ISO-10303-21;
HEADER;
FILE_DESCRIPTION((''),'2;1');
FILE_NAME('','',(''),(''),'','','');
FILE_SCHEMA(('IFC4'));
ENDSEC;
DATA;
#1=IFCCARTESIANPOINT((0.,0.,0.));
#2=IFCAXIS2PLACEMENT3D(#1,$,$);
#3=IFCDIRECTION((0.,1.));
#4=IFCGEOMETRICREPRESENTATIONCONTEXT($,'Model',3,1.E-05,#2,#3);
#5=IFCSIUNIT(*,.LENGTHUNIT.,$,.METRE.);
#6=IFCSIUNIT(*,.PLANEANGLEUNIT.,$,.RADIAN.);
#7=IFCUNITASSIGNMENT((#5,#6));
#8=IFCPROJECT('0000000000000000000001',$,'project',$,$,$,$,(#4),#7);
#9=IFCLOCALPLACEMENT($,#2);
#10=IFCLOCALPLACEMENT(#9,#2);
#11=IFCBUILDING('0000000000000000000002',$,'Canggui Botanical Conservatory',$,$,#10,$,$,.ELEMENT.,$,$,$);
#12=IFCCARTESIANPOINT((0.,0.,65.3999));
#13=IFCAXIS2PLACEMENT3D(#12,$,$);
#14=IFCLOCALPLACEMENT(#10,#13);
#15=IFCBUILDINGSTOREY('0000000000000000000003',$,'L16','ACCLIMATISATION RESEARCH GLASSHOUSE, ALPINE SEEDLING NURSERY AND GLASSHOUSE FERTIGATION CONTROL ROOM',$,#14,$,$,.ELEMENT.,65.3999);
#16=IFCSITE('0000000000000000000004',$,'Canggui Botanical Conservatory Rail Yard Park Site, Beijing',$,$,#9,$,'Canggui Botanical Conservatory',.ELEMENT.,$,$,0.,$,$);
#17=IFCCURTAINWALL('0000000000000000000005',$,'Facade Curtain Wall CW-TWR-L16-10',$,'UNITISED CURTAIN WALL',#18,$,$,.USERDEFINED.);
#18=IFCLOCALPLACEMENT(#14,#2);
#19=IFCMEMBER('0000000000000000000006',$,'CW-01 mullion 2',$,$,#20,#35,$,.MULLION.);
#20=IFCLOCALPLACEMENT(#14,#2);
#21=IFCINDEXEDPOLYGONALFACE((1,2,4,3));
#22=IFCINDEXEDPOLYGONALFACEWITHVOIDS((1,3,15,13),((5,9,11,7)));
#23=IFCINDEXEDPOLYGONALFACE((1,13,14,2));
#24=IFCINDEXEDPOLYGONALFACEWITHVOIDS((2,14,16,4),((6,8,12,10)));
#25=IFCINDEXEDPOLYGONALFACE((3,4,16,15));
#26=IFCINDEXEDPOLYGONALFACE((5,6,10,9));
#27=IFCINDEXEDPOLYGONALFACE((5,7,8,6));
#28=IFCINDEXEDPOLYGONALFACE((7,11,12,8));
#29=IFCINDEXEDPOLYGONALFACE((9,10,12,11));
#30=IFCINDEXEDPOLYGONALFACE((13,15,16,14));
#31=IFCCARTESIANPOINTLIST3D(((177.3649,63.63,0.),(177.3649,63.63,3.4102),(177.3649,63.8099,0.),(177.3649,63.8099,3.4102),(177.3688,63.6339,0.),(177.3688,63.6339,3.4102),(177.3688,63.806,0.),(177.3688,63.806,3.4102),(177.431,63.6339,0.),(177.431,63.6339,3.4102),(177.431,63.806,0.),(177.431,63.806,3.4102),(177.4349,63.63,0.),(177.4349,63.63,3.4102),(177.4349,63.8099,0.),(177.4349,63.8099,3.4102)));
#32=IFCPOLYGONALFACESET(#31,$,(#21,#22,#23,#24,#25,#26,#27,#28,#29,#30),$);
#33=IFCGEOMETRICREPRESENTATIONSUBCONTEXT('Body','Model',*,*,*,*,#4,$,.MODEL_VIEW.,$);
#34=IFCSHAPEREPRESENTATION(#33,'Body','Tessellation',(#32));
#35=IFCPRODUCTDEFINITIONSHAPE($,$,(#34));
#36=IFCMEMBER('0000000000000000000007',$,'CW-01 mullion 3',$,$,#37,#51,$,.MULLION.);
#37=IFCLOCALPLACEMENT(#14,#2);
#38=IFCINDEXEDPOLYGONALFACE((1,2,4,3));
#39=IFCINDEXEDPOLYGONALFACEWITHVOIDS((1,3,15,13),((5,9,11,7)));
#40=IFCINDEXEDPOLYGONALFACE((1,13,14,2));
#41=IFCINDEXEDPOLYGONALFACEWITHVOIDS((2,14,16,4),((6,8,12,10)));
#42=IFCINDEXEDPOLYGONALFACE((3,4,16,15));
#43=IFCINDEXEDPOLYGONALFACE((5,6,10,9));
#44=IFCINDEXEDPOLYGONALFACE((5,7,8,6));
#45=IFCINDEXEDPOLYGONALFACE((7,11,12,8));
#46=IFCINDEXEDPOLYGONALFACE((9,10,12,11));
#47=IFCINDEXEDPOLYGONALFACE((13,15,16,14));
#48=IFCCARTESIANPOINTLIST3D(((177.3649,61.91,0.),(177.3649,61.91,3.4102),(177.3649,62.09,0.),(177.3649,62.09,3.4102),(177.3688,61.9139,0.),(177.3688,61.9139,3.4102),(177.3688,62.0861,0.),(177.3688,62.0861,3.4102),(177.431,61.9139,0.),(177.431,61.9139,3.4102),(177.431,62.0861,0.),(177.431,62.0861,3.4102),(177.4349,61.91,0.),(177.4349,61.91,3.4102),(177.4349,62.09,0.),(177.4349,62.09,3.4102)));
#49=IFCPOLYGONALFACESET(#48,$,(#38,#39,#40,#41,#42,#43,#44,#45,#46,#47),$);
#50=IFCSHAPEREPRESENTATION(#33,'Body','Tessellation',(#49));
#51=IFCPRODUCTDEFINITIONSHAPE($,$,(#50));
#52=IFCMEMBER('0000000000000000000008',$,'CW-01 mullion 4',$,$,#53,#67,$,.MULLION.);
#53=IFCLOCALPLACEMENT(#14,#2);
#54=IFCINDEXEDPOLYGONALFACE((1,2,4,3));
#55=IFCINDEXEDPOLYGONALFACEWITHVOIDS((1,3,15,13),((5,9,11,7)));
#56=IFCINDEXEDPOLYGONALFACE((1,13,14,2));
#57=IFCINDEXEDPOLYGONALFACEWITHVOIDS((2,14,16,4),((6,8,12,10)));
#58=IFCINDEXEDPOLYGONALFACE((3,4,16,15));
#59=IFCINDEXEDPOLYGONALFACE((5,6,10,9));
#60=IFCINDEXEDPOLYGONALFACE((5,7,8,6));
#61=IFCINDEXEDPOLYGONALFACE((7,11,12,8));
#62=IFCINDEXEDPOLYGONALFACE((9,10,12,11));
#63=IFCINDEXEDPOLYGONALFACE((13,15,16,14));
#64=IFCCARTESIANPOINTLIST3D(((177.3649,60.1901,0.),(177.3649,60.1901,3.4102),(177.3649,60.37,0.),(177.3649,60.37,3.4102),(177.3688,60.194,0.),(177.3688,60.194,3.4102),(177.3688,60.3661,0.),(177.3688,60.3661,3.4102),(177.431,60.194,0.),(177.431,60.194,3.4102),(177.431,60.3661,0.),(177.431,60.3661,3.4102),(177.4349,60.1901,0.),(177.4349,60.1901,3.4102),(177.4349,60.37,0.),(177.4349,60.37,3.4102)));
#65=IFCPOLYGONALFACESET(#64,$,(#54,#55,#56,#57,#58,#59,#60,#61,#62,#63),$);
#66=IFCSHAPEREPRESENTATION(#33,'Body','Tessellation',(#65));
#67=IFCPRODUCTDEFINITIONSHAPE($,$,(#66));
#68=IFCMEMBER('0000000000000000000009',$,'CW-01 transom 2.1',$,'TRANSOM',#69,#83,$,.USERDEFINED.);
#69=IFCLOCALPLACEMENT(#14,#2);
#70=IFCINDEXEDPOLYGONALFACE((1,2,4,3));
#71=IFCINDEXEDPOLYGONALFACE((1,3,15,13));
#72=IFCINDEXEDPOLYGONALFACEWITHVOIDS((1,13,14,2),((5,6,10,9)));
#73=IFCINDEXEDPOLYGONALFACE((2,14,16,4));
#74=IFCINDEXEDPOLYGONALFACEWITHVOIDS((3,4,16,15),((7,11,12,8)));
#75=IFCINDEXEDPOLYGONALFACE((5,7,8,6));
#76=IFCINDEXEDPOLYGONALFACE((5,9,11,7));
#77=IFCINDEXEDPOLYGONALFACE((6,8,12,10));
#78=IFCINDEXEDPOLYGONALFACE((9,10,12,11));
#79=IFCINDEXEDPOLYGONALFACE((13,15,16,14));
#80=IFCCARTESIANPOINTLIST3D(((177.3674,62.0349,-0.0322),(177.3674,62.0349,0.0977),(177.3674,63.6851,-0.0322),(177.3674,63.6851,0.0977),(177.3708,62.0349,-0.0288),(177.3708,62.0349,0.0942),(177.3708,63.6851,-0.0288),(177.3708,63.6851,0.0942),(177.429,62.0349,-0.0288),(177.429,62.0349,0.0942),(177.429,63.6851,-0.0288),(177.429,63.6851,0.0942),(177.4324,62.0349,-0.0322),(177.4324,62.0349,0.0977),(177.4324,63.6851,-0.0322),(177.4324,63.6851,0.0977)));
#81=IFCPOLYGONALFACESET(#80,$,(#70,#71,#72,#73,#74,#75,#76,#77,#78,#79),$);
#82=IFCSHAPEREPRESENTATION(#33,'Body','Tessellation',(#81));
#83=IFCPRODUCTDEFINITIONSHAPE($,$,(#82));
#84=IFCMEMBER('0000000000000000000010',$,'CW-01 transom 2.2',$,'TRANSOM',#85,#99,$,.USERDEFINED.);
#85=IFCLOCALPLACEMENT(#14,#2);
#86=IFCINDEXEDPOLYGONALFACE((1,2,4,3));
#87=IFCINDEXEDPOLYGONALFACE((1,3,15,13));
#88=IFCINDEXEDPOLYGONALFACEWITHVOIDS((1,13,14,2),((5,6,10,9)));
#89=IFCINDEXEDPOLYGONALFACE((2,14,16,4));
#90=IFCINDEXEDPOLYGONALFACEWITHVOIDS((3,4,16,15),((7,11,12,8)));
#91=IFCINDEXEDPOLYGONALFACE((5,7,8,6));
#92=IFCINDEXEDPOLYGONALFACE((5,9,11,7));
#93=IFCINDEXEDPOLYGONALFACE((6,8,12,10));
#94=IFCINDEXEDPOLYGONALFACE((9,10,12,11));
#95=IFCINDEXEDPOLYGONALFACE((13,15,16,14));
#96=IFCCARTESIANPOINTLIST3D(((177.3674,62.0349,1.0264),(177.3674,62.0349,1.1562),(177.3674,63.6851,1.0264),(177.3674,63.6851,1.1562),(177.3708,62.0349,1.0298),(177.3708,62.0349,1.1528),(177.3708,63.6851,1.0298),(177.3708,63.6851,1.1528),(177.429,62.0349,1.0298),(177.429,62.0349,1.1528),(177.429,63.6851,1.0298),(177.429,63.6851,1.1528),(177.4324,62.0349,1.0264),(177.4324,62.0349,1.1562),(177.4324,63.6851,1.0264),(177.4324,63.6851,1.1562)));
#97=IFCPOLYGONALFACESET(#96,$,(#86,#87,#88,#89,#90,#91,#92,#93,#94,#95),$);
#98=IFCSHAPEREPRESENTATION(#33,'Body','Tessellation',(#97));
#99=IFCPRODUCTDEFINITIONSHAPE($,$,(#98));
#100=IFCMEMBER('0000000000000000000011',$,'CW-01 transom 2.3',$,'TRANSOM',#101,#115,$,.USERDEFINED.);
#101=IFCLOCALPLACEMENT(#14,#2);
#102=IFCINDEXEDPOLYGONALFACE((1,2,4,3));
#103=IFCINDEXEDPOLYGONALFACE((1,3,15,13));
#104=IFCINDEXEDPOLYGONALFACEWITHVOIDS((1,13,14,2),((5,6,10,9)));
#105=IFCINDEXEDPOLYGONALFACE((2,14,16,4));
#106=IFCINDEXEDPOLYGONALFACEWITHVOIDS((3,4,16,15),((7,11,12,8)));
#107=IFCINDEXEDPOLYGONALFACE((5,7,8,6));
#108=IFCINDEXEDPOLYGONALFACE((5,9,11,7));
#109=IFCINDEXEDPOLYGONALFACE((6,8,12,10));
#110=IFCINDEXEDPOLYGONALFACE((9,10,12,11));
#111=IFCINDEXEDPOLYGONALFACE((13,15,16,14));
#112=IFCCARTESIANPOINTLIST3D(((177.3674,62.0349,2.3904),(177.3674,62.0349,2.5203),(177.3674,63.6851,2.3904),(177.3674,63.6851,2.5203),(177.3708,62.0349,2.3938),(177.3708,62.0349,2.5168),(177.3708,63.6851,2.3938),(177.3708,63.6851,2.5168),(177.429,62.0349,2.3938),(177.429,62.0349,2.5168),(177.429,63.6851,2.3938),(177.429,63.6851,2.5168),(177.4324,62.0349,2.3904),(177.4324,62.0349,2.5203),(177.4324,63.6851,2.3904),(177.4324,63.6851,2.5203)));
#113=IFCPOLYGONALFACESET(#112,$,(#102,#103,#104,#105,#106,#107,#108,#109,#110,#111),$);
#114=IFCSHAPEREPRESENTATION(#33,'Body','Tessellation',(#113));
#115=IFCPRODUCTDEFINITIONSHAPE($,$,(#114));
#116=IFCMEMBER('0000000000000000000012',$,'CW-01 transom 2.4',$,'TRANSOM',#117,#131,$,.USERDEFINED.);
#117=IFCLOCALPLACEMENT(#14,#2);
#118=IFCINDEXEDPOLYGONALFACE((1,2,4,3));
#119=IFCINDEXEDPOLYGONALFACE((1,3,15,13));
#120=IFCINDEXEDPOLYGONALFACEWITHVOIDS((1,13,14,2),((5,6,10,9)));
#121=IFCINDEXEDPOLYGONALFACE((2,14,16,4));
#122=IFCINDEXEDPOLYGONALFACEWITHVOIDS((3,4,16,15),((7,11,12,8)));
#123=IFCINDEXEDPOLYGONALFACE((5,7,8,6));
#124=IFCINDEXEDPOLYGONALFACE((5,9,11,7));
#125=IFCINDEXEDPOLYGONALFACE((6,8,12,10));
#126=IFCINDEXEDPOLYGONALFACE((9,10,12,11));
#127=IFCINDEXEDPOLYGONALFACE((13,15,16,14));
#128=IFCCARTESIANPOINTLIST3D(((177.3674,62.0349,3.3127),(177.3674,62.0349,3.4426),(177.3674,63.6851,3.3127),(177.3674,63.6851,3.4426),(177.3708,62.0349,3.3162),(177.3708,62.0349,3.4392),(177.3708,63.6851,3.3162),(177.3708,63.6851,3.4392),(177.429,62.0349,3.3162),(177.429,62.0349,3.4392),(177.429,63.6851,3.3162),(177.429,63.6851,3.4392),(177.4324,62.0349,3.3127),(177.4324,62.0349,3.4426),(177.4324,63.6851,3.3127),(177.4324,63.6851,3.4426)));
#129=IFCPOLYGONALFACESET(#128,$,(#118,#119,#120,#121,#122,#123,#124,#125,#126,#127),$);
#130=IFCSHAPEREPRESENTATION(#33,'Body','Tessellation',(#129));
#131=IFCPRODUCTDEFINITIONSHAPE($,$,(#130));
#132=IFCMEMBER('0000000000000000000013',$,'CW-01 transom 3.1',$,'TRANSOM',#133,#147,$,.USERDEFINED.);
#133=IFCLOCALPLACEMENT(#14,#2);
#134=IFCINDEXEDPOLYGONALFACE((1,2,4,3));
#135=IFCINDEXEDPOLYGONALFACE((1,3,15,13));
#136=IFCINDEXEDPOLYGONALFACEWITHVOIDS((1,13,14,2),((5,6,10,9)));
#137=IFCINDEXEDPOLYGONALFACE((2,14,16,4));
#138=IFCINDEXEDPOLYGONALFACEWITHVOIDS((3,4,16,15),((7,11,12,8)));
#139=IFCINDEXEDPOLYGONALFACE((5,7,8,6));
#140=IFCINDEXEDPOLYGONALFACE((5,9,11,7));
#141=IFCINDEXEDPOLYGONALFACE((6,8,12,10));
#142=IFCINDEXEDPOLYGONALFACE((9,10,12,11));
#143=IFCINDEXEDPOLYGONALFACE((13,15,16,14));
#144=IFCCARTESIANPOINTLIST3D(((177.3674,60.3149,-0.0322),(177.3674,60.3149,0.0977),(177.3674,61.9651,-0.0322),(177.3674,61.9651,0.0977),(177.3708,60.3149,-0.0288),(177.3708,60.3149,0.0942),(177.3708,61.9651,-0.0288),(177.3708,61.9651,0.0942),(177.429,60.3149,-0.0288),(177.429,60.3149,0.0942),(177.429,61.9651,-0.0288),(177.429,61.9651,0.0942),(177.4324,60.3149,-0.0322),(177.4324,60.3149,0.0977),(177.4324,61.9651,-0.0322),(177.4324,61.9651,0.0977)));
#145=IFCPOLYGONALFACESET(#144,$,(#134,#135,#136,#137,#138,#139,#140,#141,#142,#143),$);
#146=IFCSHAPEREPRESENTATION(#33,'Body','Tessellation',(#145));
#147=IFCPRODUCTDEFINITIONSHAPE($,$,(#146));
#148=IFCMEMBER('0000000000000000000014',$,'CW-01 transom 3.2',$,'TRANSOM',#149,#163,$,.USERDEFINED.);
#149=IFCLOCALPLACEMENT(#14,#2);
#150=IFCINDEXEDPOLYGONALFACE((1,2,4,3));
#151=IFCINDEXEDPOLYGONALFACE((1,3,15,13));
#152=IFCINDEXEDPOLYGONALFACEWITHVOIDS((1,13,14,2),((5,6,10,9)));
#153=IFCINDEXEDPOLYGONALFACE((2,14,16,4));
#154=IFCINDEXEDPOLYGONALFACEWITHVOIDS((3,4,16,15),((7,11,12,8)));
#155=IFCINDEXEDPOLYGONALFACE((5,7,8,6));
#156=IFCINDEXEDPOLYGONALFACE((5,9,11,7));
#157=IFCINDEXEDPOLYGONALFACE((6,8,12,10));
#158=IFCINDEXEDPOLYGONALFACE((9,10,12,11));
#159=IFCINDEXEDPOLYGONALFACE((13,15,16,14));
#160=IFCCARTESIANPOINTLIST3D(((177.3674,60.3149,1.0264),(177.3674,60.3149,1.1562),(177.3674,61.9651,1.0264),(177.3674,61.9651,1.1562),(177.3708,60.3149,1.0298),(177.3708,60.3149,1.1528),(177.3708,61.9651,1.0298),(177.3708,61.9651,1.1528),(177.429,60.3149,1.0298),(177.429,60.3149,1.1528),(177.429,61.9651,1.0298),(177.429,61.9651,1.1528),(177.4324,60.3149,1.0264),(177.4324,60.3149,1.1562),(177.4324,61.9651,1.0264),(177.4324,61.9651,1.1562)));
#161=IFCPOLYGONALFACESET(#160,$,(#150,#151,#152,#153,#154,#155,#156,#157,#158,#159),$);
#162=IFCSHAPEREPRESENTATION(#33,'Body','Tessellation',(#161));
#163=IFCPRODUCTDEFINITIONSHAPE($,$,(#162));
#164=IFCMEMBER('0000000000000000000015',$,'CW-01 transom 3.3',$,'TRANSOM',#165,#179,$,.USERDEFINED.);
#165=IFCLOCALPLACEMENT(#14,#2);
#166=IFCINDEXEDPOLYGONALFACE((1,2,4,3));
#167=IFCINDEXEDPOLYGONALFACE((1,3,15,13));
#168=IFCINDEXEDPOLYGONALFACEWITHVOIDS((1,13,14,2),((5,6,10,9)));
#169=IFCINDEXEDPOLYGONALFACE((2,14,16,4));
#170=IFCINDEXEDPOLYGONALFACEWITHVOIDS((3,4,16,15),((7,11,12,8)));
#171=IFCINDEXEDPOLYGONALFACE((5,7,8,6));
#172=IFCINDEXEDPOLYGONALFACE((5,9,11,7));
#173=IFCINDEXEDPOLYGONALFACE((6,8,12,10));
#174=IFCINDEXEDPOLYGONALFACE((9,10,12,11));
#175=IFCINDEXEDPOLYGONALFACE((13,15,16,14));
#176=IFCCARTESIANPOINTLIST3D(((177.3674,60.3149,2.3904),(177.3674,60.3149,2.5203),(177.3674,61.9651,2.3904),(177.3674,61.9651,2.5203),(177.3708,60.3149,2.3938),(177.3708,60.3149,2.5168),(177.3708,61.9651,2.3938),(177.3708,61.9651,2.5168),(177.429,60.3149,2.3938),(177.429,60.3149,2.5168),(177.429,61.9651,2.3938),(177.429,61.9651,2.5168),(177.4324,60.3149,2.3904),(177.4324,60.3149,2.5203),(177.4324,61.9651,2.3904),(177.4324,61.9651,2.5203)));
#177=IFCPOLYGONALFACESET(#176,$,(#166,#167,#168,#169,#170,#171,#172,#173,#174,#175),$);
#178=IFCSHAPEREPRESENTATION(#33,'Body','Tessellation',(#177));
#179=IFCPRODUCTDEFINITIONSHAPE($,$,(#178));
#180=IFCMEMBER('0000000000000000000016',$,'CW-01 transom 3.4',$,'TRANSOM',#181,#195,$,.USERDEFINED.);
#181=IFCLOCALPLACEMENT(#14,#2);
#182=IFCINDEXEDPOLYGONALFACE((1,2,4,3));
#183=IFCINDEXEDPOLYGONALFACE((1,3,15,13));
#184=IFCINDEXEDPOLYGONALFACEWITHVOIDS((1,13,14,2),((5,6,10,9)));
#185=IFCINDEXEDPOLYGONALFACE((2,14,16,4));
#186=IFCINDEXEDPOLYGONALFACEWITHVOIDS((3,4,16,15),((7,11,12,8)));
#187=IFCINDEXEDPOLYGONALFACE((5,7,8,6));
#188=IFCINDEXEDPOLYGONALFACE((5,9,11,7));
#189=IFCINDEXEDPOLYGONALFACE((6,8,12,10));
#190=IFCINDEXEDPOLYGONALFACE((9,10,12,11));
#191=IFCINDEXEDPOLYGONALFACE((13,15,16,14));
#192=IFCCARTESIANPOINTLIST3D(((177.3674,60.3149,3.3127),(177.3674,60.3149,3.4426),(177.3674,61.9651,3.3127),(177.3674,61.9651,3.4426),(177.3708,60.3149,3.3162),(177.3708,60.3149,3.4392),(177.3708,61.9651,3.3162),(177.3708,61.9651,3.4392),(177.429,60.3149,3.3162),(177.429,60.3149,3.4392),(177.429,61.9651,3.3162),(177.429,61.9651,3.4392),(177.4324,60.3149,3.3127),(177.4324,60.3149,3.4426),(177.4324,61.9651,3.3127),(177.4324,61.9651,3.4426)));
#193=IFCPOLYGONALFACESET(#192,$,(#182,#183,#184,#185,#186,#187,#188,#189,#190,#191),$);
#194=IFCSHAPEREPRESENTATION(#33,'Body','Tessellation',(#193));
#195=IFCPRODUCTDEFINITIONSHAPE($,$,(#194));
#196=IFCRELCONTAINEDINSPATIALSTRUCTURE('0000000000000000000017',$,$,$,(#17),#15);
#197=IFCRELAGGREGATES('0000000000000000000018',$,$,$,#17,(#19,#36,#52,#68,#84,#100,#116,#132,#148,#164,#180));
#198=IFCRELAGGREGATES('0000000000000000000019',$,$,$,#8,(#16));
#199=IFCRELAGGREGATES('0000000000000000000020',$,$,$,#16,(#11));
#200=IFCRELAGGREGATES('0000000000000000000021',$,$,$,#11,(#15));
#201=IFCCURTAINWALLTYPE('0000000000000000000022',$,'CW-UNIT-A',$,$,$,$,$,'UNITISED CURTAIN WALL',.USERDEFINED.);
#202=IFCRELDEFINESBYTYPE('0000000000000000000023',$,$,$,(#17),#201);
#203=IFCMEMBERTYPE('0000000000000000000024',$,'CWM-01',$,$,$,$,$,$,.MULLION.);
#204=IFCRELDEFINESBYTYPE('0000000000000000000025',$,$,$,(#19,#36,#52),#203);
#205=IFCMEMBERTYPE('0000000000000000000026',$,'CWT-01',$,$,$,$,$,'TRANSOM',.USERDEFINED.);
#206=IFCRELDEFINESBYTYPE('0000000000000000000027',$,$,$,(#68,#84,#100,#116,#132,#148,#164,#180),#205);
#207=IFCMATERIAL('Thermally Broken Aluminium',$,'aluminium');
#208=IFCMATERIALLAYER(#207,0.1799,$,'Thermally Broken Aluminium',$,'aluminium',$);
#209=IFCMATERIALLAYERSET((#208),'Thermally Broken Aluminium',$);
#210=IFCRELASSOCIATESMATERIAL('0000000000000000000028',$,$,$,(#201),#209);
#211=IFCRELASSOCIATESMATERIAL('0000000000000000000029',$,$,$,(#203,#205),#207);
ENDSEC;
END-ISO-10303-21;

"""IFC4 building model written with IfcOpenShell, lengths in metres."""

from ifc_helpers import new_model, si_unit, direction, frame, origin, origin_2d, place, context, subcontext, project, spatial, hollow_rectangle, extrude, material, layer, layer_set, material_profile, profile_set, type_object, element, aggregate, save


model = new_model("IFC4")

# Units and contexts
model_context = context("Model", 3, precision=1e-05, world=origin(), true_north=direction((0.0, 1.0)))
body_context = subcontext(model_context, "Body", "Model", "MODEL_VIEW")
ifc_project = project(units=[si_unit("LENGTHUNIT", "METRE"), si_unit("PLANEANGLEUNIT", "RADIAN")], contexts=[model_context])

# Site, building, storey
site_placement = place(None, origin())
site = spatial("IfcSite", under=ifc_project, at=site_placement, Name="Canggui Botanical Conservatory Rail Yard Park Site, Beijing", LongName="Canggui Botanical Conservatory", CompositionType="ELEMENT", RefElevation=0.0)
building_placement = place(site_placement, origin())
building = spatial("IfcBuilding", under=site, at=building_placement, Name="Canggui Botanical Conservatory", CompositionType="ELEMENT")
storey_placement = place(building_placement, frame((0.0, 0.0, 65.3999)))
storey = spatial("IfcBuildingStorey", under=building, at=storey_placement, Name="L16", Description="ACCLIMATISATION RESEARCH GLASSHOUSE, ALPINE SEEDLING NURSERY AND GLASSHOUSE FERTIGATION CONTROL ROOM", CompositionType="ELEMENT", Elevation=65.3999)

# Curtain wall, members
ifc_material_1 = material(Name="Thermally Broken Aluminium", Category="aluminium")
ifc_layer_1 = layer(ifc_material_1, 0.1799, Name="Thermally Broken Aluminium", Category="aluminium")
ifc_layer_set_1 = layer_set([ifc_layer_1], Name="Thermally Broken Aluminium")
curtain_wall_type = type_object("IfcCurtainWallType", Name="CW-UNIT-A", ElementType="UNITISED CURTAIN WALL", PredefinedType="USERDEFINED", material=ifc_layer_set_1)
curtain_wall_placement = place(storey_placement, origin())
curtain_wall = element("IfcCurtainWall", 1, at=curtain_wall_placement, inside=storey, type_object=curtain_wall_type, Name="Facade Curtain Wall CW-TWR-L16-10", ObjectType="UNITISED CURTAIN WALL", PredefinedType="USERDEFINED")
ifc_material_profile_1 = material_profile(ifc_material_1, hollow_rectangle(XDim=0.0701, YDim=0.1799, WallThickness=0.0039, at=origin_2d()), Name="CWM 70x180x4")
ifc_profile_set_1 = profile_set([ifc_material_profile_1], Name="Thermally Broken Aluminium")
member_type_1 = type_object("IfcMemberType", Name="CWM-01", PredefinedType="MULLION", material=ifc_profile_set_1)
member_1_placement = place(storey_placement, frame((177.3999, 63.72, 0.0), z_axis=(0.0, 0.0, 1.0), x_axis=(1.0, 0.0, 0.0)))
member_1 = element("IfcMember", 2, at=member_1_placement, type_object=member_type_1, Name="CW-01 mullion 2", PredefinedType="MULLION", context=body_context, shape_type="SweptSolid", body=[
    extrude(hollow_rectangle(XDim=0.0701, YDim=0.1799, WallThickness=0.0039, at=origin_2d()), origin(), (0.0, 0.0, 1.0), 3.4102),
])
member_2_placement = place(storey_placement, frame((177.3999, 62.0, 0.0), z_axis=(0.0, 0.0, 1.0), x_axis=(1.0, 0.0, 0.0)))
member_2 = element("IfcMember", 3, at=member_2_placement, type_object=member_type_1, Name="CW-01 mullion 3", PredefinedType="MULLION", context=body_context, shape_type="SweptSolid", body=[
    extrude(hollow_rectangle(XDim=0.0701, YDim=0.1799, WallThickness=0.0039, at=origin_2d()), origin(), (0.0, 0.0, 1.0), 3.4102),
])
member_3_placement = place(storey_placement, frame((177.3999, 60.28, 0.0), z_axis=(0.0, 0.0, 1.0), x_axis=(1.0, 0.0, 0.0)))
member_3 = element("IfcMember", 4, at=member_3_placement, type_object=member_type_1, Name="CW-01 mullion 4", PredefinedType="MULLION", context=body_context, shape_type="SweptSolid", body=[
    extrude(hollow_rectangle(XDim=0.0701, YDim=0.1799, WallThickness=0.0039, at=origin_2d()), origin(), (0.0, 0.0, 1.0), 3.4102),
])
ifc_material_profile_2 = material_profile(ifc_material_1, hollow_rectangle(XDim=0.0649, YDim=0.1299, WallThickness=0.0034, at=origin_2d()), Name="CWT 65x130x3.5")
ifc_profile_set_2 = profile_set([ifc_material_profile_2], Name="Thermally Broken Aluminium")
member_type_2 = type_object("IfcMemberType", Name="CWT-01", ElementType="TRANSOM", PredefinedType="USERDEFINED", material=ifc_profile_set_2)
member_4_placement = place(storey_placement, frame((177.3999, 63.6851, 0.0327), z_axis=(0.0, -1.0, 0.0), x_axis=(1.0, 0.0, 0.0)))
member_4 = element("IfcMember", 5, at=member_4_placement, type_object=member_type_2, Name="CW-01 transom 2.1", ObjectType="TRANSOM", PredefinedType="USERDEFINED", context=body_context, shape_type="SweptSolid", body=[
    extrude(hollow_rectangle(XDim=0.0649, YDim=0.1299, WallThickness=0.0034, at=origin_2d()), origin(), (0.0, 0.0, 1.0), 1.6501),
])
member_5_placement = place(storey_placement, frame((177.3999, 63.6851, 1.0913), z_axis=(0.0, -1.0, 0.0), x_axis=(1.0, 0.0, 0.0)))
member_5 = element("IfcMember", 6, at=member_5_placement, type_object=member_type_2, Name="CW-01 transom 2.2", ObjectType="TRANSOM", PredefinedType="USERDEFINED", context=body_context, shape_type="SweptSolid", body=[
    extrude(hollow_rectangle(XDim=0.0649, YDim=0.1299, WallThickness=0.0034, at=origin_2d()), origin(), (0.0, 0.0, 1.0), 1.6501),
])
member_6_placement = place(storey_placement, frame((177.3999, 63.6851, 2.4553), z_axis=(0.0, -1.0, 0.0), x_axis=(1.0, 0.0, 0.0)))
member_6 = element("IfcMember", 7, at=member_6_placement, type_object=member_type_2, Name="CW-01 transom 2.3", ObjectType="TRANSOM", PredefinedType="USERDEFINED", context=body_context, shape_type="SweptSolid", body=[
    extrude(hollow_rectangle(XDim=0.0649, YDim=0.1299, WallThickness=0.0034, at=origin_2d()), origin(), (0.0, 0.0, 1.0), 1.6501),
])
member_7_placement = place(storey_placement, frame((177.3999, 63.6851, 3.3777), z_axis=(0.0, -1.0, 0.0), x_axis=(1.0, 0.0, 0.0)))
member_7 = element("IfcMember", 8, at=member_7_placement, type_object=member_type_2, Name="CW-01 transom 2.4", ObjectType="TRANSOM", PredefinedType="USERDEFINED", context=body_context, shape_type="SweptSolid", body=[
    extrude(hollow_rectangle(XDim=0.0649, YDim=0.1299, WallThickness=0.0034, at=origin_2d()), origin(), (0.0, 0.0, 1.0), 1.6501),
])
member_8_placement = place(storey_placement, frame((177.3999, 61.9651, 0.0327), z_axis=(0.0, -1.0, 0.0), x_axis=(1.0, 0.0, 0.0)))
member_8 = element("IfcMember", 9, at=member_8_placement, type_object=member_type_2, Name="CW-01 transom 3.1", ObjectType="TRANSOM", PredefinedType="USERDEFINED", context=body_context, shape_type="SweptSolid", body=[
    extrude(hollow_rectangle(XDim=0.0649, YDim=0.1299, WallThickness=0.0034, at=origin_2d()), origin(), (0.0, 0.0, 1.0), 1.6501),
])
member_9_placement = place(storey_placement, frame((177.3999, 61.9651, 1.0913), z_axis=(0.0, -1.0, 0.0), x_axis=(1.0, 0.0, 0.0)))
member_9 = element("IfcMember", 10, at=member_9_placement, type_object=member_type_2, Name="CW-01 transom 3.2", ObjectType="TRANSOM", PredefinedType="USERDEFINED", context=body_context, shape_type="SweptSolid", body=[
    extrude(hollow_rectangle(XDim=0.0649, YDim=0.1299, WallThickness=0.0034, at=origin_2d()), origin(), (0.0, 0.0, 1.0), 1.6501),
])
member_10_placement = place(storey_placement, frame((177.3999, 61.9651, 2.4553), z_axis=(0.0, -1.0, 0.0), x_axis=(1.0, 0.0, 0.0)))
member_10 = element("IfcMember", 11, at=member_10_placement, type_object=member_type_2, Name="CW-01 transom 3.3", ObjectType="TRANSOM", PredefinedType="USERDEFINED", context=body_context, shape_type="SweptSolid", body=[
    extrude(hollow_rectangle(XDim=0.0649, YDim=0.1299, WallThickness=0.0034, at=origin_2d()), origin(), (0.0, 0.0, 1.0), 1.6501),
])
member_11_placement = place(storey_placement, frame((177.3999, 61.9651, 3.3777), z_axis=(0.0, -1.0, 0.0), x_axis=(1.0, 0.0, 0.0)))
member_11 = element("IfcMember", 12, at=member_11_placement, type_object=member_type_2, Name="CW-01 transom 3.4", ObjectType="TRANSOM", PredefinedType="USERDEFINED", context=body_context, shape_type="SweptSolid", body=[
    extrude(hollow_rectangle(XDim=0.0649, YDim=0.1299, WallThickness=0.0034, at=origin_2d()), origin(), (0.0, 0.0, 1.0), 1.6501),
])
aggregate(curtain_wall, [member_1, member_2, member_3, member_4, member_5, member_6, member_7, member_8, member_9, member_10, member_11])

save(model, "model.ifc")
